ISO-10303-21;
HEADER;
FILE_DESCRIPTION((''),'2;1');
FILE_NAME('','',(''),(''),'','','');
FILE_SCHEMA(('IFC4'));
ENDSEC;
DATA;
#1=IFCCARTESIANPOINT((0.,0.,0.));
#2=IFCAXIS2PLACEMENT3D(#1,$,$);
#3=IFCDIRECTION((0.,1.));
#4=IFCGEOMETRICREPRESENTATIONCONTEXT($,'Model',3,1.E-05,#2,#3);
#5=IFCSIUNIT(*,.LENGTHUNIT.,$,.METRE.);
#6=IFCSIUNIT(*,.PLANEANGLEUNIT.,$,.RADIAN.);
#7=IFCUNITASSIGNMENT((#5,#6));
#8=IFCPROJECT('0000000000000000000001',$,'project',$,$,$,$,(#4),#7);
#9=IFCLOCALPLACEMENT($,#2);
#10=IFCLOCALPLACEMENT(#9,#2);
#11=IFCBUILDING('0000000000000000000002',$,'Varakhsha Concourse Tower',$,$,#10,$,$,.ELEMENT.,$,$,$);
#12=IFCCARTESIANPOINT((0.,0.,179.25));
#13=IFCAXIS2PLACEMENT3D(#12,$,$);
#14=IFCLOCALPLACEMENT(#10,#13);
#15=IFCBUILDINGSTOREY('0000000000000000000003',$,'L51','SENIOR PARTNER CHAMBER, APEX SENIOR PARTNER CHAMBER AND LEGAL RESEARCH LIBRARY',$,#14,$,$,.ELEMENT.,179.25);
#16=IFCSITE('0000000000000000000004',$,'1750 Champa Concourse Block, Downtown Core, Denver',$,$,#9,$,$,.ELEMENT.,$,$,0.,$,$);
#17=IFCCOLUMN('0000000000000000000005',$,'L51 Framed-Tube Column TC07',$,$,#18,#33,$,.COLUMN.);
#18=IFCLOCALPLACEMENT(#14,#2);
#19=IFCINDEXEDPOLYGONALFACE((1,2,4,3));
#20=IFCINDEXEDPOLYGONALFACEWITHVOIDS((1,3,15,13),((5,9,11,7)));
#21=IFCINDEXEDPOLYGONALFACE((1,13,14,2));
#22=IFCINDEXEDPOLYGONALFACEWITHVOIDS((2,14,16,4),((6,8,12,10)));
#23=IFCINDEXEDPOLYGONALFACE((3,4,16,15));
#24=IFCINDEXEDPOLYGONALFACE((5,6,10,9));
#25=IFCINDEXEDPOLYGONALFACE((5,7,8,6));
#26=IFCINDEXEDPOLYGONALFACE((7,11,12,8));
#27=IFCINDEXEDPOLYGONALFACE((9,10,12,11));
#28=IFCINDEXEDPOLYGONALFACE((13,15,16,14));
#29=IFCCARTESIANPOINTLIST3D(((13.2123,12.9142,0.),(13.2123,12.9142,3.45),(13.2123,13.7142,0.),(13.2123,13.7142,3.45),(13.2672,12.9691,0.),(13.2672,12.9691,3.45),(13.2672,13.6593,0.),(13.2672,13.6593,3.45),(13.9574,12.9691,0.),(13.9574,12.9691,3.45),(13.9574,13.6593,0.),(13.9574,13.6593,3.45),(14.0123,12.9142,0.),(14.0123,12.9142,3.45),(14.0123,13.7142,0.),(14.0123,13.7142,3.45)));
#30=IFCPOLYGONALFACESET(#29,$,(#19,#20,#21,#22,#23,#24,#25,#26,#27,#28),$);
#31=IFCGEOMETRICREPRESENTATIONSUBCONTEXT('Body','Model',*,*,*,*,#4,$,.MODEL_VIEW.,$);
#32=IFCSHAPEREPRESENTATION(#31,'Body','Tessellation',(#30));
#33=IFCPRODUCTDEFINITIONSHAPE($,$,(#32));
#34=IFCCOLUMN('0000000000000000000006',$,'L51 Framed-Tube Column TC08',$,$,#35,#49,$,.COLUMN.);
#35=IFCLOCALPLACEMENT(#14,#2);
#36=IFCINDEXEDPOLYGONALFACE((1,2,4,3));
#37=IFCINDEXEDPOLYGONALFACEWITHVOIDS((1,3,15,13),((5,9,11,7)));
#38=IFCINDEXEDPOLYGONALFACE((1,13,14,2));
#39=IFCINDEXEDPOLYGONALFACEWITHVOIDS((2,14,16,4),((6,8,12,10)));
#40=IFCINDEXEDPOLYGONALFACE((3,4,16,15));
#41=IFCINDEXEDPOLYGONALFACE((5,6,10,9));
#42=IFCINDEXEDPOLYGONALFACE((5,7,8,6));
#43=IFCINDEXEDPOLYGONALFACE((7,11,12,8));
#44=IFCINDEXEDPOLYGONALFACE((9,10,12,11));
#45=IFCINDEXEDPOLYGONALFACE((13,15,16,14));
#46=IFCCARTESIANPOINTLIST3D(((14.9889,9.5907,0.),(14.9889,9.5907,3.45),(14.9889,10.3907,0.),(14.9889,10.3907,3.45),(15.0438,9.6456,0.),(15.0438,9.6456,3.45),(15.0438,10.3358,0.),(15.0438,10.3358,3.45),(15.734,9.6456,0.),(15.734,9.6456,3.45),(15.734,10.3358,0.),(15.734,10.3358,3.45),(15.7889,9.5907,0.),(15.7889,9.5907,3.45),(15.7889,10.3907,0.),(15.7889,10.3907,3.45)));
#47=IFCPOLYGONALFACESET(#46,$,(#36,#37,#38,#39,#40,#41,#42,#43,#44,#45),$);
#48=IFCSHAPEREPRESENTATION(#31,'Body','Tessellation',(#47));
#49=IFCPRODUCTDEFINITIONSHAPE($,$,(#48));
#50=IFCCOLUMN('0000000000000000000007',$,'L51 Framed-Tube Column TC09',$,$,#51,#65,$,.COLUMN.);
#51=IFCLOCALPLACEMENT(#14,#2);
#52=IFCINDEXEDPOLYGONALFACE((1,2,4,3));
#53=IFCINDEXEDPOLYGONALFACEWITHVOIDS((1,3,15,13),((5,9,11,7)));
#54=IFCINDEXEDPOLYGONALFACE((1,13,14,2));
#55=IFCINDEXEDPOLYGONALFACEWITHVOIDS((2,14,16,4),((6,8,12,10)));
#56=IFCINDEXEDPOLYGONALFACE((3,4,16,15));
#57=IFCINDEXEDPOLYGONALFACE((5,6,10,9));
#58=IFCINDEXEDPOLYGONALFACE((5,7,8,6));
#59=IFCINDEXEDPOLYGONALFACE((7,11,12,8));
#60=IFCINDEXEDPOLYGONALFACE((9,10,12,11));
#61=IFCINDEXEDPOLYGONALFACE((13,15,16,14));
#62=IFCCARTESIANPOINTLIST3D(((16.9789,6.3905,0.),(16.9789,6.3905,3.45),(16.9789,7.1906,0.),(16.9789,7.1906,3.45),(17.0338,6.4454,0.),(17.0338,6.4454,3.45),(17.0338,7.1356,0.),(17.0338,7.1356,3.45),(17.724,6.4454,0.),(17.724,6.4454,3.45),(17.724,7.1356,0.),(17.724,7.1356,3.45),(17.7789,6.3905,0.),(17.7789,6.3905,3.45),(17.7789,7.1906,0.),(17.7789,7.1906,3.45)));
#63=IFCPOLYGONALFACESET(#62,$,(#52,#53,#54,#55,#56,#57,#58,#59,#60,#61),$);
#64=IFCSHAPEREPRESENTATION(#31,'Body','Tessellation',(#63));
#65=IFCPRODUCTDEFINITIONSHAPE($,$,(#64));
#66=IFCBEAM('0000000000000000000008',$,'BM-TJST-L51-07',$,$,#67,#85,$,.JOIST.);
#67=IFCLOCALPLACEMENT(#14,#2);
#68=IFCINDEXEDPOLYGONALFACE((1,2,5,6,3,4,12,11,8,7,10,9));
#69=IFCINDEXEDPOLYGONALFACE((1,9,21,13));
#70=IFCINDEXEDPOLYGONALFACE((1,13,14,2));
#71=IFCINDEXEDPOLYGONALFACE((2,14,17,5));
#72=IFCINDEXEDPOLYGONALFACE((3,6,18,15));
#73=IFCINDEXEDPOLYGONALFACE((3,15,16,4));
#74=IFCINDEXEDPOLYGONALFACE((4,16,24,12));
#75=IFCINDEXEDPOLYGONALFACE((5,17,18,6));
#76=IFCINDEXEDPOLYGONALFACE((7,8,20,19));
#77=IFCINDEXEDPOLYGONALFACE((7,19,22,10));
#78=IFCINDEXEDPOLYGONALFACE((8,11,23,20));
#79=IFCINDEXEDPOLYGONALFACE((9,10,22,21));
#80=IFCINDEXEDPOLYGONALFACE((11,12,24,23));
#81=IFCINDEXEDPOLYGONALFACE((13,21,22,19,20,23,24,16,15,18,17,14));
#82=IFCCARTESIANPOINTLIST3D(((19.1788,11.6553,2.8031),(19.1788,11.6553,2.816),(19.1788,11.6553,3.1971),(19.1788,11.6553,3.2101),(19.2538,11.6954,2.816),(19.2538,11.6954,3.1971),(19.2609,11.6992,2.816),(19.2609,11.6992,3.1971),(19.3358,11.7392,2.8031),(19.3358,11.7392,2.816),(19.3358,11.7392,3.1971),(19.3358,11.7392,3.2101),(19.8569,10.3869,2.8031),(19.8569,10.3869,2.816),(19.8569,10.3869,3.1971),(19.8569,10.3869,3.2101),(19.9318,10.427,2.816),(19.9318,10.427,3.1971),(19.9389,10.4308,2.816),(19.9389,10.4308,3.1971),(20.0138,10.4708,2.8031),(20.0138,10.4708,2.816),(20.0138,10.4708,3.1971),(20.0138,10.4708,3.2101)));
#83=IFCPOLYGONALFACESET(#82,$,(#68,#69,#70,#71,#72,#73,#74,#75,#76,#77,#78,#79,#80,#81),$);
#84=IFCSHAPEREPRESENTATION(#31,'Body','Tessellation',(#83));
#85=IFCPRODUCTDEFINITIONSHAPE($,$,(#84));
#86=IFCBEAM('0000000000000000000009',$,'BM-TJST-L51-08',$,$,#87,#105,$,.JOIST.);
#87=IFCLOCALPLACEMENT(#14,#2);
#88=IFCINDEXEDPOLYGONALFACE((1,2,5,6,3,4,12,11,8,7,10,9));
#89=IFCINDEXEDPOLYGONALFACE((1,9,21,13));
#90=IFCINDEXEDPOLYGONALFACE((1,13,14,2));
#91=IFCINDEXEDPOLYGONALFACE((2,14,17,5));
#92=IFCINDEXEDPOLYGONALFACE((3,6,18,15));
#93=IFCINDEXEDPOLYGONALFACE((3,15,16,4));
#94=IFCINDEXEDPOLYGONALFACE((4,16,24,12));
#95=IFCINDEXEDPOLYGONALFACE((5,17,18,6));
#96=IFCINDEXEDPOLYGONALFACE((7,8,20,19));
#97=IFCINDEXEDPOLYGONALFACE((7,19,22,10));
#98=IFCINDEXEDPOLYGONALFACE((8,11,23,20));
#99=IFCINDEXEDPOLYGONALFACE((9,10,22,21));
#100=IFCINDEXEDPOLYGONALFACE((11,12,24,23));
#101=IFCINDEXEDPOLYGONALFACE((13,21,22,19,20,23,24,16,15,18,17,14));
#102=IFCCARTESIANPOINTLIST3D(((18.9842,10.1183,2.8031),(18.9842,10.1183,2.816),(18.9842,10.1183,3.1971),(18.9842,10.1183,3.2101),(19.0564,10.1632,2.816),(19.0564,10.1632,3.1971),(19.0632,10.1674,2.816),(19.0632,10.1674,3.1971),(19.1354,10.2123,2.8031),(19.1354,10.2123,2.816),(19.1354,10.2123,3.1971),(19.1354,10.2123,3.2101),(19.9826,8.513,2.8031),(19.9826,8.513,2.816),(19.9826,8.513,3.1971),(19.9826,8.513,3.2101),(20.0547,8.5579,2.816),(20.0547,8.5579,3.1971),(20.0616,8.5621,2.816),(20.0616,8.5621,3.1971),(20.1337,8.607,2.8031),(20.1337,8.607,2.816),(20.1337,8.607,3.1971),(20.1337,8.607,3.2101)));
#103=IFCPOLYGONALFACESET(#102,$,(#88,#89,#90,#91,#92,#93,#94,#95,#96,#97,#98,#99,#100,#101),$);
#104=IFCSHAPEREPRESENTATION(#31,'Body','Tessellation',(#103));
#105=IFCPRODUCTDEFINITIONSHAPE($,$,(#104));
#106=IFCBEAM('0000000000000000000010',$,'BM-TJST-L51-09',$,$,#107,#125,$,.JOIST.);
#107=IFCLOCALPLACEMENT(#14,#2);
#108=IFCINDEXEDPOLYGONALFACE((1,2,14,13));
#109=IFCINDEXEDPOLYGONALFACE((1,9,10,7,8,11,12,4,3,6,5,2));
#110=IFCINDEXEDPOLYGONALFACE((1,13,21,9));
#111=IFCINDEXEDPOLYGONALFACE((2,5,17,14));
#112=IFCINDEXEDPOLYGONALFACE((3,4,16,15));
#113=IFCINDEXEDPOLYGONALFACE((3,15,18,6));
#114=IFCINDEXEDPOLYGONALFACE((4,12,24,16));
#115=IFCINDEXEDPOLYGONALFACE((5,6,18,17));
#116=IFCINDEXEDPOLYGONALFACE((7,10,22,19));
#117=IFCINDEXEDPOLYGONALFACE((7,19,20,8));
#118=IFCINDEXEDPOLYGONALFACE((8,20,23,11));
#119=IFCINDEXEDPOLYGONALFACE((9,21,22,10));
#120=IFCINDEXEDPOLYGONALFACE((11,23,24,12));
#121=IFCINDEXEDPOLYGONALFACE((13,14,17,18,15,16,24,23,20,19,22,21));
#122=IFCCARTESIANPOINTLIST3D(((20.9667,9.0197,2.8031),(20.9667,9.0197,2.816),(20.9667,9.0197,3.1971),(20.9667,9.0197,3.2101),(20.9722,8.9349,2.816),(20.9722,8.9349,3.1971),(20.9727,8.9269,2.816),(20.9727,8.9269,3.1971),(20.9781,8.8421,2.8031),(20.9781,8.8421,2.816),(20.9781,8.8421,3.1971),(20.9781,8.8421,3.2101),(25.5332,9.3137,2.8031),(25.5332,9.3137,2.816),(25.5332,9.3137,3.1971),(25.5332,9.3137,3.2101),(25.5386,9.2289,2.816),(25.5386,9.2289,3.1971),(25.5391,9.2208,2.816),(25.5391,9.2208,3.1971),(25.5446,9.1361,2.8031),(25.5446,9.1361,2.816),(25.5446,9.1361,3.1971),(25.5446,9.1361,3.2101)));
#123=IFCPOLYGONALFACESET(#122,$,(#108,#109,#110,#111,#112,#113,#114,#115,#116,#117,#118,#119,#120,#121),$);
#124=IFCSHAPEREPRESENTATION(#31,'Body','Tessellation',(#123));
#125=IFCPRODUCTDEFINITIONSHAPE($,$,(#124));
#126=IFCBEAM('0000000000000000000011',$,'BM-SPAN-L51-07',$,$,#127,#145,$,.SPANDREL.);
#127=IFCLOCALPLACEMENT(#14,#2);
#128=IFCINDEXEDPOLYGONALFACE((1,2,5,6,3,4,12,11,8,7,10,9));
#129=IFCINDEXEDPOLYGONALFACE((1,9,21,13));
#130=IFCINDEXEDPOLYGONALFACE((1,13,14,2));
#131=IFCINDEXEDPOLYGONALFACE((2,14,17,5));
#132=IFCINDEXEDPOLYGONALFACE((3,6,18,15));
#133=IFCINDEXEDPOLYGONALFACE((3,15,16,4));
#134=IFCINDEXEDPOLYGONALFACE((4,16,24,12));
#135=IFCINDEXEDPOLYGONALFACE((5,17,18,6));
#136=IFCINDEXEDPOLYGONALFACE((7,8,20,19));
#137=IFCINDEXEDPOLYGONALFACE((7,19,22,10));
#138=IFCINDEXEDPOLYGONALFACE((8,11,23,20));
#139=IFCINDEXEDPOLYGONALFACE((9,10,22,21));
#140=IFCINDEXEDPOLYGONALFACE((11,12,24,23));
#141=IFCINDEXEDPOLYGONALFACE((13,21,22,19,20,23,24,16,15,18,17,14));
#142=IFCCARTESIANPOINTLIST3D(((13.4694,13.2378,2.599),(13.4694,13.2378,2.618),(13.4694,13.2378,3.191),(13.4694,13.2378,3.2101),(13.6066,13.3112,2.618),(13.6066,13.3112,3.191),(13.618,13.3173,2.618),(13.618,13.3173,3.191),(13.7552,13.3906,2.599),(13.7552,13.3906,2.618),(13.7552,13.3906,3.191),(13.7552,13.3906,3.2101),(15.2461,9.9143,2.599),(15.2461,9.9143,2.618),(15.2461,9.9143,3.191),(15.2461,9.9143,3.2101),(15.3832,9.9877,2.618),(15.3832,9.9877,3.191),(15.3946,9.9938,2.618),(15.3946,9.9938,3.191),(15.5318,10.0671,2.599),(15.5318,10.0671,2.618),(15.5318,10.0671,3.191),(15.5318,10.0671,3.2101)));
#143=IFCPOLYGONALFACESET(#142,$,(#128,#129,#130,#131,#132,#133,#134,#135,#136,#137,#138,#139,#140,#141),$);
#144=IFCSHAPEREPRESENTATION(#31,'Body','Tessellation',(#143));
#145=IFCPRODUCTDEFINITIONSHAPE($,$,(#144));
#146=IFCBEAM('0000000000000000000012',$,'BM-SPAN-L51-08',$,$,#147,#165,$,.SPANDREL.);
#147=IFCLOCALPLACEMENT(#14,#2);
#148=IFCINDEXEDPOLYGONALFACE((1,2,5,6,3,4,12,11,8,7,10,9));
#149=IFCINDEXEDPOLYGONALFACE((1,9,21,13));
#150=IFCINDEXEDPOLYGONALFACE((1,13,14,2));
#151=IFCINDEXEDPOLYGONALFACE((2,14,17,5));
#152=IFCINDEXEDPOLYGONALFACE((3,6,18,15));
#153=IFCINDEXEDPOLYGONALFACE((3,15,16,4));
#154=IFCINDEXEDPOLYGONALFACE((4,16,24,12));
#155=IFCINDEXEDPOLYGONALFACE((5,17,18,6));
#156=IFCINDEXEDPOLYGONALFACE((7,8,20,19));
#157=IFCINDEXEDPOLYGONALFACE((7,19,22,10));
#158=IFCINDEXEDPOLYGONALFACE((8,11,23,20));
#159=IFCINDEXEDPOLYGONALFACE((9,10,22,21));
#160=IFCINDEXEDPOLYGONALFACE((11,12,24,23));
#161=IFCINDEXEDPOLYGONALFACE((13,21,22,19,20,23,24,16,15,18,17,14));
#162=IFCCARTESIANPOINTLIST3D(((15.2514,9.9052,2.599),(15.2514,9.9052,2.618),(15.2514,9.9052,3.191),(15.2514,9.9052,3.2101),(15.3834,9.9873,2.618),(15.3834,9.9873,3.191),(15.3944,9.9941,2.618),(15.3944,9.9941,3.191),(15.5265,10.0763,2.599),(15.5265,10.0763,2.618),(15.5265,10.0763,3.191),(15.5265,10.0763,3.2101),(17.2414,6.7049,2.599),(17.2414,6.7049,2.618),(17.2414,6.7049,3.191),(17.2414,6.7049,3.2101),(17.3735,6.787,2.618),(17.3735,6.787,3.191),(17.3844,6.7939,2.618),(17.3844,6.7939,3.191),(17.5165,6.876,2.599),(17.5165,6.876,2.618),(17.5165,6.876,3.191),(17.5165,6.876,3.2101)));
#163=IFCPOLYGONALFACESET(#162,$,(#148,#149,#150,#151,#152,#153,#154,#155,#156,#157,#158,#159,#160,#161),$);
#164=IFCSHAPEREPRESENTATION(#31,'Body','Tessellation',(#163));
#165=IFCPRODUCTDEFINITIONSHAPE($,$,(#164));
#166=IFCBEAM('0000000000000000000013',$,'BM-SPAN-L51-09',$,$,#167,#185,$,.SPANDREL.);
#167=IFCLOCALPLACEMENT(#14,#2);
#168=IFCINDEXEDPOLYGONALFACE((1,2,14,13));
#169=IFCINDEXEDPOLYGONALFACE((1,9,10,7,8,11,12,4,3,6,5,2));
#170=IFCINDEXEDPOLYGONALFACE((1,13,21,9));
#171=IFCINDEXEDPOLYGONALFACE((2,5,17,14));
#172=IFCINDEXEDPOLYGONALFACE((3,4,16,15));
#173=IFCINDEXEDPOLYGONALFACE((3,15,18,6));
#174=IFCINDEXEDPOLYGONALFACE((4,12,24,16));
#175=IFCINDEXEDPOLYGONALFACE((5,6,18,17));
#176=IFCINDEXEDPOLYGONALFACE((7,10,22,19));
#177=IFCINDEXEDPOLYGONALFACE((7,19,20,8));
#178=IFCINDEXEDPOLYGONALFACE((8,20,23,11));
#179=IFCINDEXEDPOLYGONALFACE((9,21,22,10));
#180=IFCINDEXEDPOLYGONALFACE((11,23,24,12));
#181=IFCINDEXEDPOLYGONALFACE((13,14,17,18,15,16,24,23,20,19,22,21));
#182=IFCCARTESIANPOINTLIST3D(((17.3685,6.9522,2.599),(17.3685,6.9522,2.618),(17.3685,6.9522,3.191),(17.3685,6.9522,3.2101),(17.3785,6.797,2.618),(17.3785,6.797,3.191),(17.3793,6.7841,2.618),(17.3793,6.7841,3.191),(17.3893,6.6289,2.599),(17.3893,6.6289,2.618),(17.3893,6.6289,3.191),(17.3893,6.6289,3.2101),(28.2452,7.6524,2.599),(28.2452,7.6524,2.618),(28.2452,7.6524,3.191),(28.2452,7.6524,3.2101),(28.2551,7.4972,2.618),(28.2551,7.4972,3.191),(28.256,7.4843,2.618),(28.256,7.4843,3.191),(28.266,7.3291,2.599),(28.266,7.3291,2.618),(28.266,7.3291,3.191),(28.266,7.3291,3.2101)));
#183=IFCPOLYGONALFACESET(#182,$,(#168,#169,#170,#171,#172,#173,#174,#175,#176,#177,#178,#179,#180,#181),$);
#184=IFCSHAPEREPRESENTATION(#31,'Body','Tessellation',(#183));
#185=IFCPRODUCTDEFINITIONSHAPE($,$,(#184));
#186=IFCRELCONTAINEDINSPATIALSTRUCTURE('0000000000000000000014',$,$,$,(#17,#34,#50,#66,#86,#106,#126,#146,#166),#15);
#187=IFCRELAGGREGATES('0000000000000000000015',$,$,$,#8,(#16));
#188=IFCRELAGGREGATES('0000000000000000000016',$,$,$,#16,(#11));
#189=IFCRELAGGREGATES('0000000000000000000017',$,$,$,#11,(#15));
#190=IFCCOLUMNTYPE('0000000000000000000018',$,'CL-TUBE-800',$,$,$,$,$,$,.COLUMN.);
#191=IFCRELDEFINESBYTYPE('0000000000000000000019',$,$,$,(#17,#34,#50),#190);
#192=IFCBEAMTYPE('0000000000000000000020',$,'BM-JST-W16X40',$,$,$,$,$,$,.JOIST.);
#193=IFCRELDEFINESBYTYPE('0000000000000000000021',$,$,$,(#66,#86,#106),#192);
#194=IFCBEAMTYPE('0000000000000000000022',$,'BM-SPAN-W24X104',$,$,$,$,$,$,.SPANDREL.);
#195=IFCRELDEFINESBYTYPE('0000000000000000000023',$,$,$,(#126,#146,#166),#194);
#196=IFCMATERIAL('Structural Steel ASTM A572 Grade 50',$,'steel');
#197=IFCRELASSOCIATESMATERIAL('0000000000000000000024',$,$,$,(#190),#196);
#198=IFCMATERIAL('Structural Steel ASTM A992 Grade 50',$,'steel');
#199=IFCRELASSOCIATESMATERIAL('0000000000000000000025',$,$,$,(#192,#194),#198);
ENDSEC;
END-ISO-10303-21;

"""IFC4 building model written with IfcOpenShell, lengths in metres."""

from ifc_helpers import new_model, si_unit, direction, frame, origin, origin_2d, place, context, subcontext, project, spatial, hollow_rectangle, i_section, extrude, material, material_profile, profile_set, type_object, element, save


model = new_model("IFC4")

# Units and contexts
model_context = context("Model", 3, precision=1e-05, world=origin(), true_north=direction((0.0, 1.0)))
body_context = subcontext(model_context, "Body", "Model", "MODEL_VIEW")
ifc_project = project(units=[si_unit("LENGTHUNIT", "METRE"), si_unit("PLANEANGLEUNIT", "RADIAN")], contexts=[model_context])

# Site, building, storey
site_placement = place(None, origin())
site = spatial("IfcSite", under=ifc_project, at=site_placement, Name="1750 Champa Concourse Block, Downtown Core, Denver", CompositionType="ELEMENT", RefElevation=0.0)
building_placement = place(site_placement, origin())
building = spatial("IfcBuilding", under=site, at=building_placement, Name="Varakhsha Concourse Tower", CompositionType="ELEMENT")
storey_placement = place(building_placement, frame((0.0, 0.0, 179.25)))
storey = spatial("IfcBuildingStorey", under=building, at=storey_placement, Name="L51", Description="SENIOR PARTNER CHAMBER, APEX SENIOR PARTNER CHAMBER AND LEGAL RESEARCH LIBRARY", CompositionType="ELEMENT", Elevation=179.25)

# Columns
ifc_material_1 = material(Name="Structural Steel ASTM A572 Grade 50", Category="steel")
ifc_material_profile_1 = material_profile(ifc_material_1, hollow_rectangle(XDim=0.8, YDim=0.8, WallThickness=0.0549, at=origin_2d()), Name="BOX 800x800x55")
ifc_profile_set_1 = profile_set([ifc_material_profile_1], Name="Structural Steel ASTM A572 Grade 50")
column_type = type_object("IfcColumnType", Name="CL-TUBE-800", PredefinedType="COLUMN", material=ifc_profile_set_1)
for number, where, z_axis, x_axis, name in (
    (1, (13.6123, 13.3142, 0.0), (0.0, 0.0, 1.0), (1.0, 0.0, 0.0), "L51 Framed-Tube Column TC07"),
    (2, (15.3889, 9.9907, 0.0), (0.0, 0.0, 1.0), (1.0, 0.0, 0.0), "L51 Framed-Tube Column TC08"),
    (3, (17.3789, 6.7905, 0.0), (0.0, 0.0, 1.0), (1.0, 0.0, 0.0), "L51 Framed-Tube Column TC09"),
):
    element("IfcColumn", number, at=place(storey_placement, frame(where, z_axis=z_axis, x_axis=x_axis)), inside=storey, type_object=column_type, Name=name, PredefinedType="COLUMN", context=body_context, shape_type="SweptSolid", body=[
        extrude(hollow_rectangle(XDim=0.8, YDim=0.8, WallThickness=0.0549, at=origin_2d()), origin(), (0.0, 0.0, 1.0), 3.45),
    ])

# Beams
ifc_material_2 = material(Name="Structural Steel ASTM A992 Grade 50", Category="steel")
ifc_material_profile_2 = material_profile(ifc_material_2, i_section(OverallWidth=0.178, OverallDepth=0.407, WebThickness=0.0081, FlangeThickness=0.0129, at=origin_2d()), Name="W16X40")
ifc_profile_set_2 = profile_set([ifc_material_profile_2], Name="Structural Steel ASTM A992 Grade 50")
beam_type_1 = type_object("IfcBeamType", Name="BM-JST-W16X40", PredefinedType="JOIST", material=ifc_profile_set_2)
beam_1_placement = place(storey_placement, frame((19.2573, 11.6973, 3.0066), z_axis=(0.471425, -0.881906, 0.0), x_axis=(0.881906, 0.471425, 0.0)))
element("IfcBeam", 4, at=beam_1_placement, inside=storey, type_object=beam_type_1, Name="BM-TJST-L51-07", PredefinedType="JOIST", context=body_context, shape_type="SweptSolid", body=[
    extrude(i_section(OverallWidth=0.178, OverallDepth=0.407, WebThickness=0.0081, FlangeThickness=0.0129, at=origin_2d()), origin(), (0.0, 0.0, 1.0), 1.4382),
])
beam_2_placement = place(storey_placement, frame((19.0598, 10.1653, 3.0066), z_axis=(0.528105, -0.849179, 0.0), x_axis=(0.849179, 0.528105, 0.0)))
element("IfcBeam", 5, at=beam_2_placement, inside=storey, type_object=beam_type_1, Name="BM-TJST-L51-08", PredefinedType="JOIST", context=body_context, shape_type="SweptSolid", body=[
    extrude(i_section(OverallWidth=0.178, OverallDepth=0.407, WebThickness=0.0081, FlangeThickness=0.0129, at=origin_2d()), origin(), (0.0, 0.0, 1.0), 1.8904),
])
beam_3_placement = place(storey_placement, frame((20.9724, 8.9309, 3.0066), z_axis=(0.997935, 0.064238, 0.0), x_axis=(-0.064238, 0.997935, 0.0)))
element("IfcBeam", 6, at=beam_3_placement, inside=storey, type_object=beam_type_1, Name="BM-TJST-L51-09", PredefinedType="JOIST", context=body_context, shape_type="SweptSolid", body=[
    extrude(i_section(OverallWidth=0.178, OverallDepth=0.407, WebThickness=0.0081, FlangeThickness=0.0129, at=origin_2d()), origin(), (0.0, 0.0, 1.0), 4.5759),
])
ifc_material_profile_3 = material_profile(ifc_material_2, i_section(OverallWidth=0.324, OverallDepth=0.6111, WebThickness=0.0129, FlangeThickness=0.019, at=origin_2d()), Name="W24X104")
ifc_profile_set_3 = profile_set([ifc_material_profile_3], Name="Structural Steel ASTM A992 Grade 50")
beam_type_2 = type_object("IfcBeamType", Name="BM-SPAN-W24X104", PredefinedType="SPANDREL", material=ifc_profile_set_3)
for number, where, z_axis, x_axis, name in (
    (7, (13.6123, 13.3142, 2.9045), (0.471432, -0.881902, 0.0), (0.881902, 0.471432, 0.0), "BM-SPAN-L51-07"),
    (8, (15.3889, 9.9907, 2.9045), (0.528064, -0.849204, 0.0), (0.849204, 0.528064, 0.0), "BM-SPAN-L51-08"),
):
    element("IfcBeam", number, at=place(storey_placement, frame(where, z_axis=z_axis, x_axis=x_axis)), inside=storey, type_object=beam_type_2, Name=name, PredefinedType="SPANDREL", context=body_context, shape_type="SweptSolid", body=[
        extrude(i_section(OverallWidth=0.324, OverallDepth=0.6111, WebThickness=0.0129, FlangeThickness=0.019, at=origin_2d()), origin(), (0.0, 0.0, 1.0), 3.7686),
    ])
beam_4_placement = place(storey_placement, frame((17.3789, 6.7905, 2.9045), z_axis=(0.997934, 0.064243, 0.0), x_axis=(-0.064243, 0.997934, 0.0)))
element("IfcBeam", 9, at=beam_4_placement, inside=storey, type_object=beam_type_2, Name="BM-SPAN-L51-09", PredefinedType="SPANDREL", context=body_context, shape_type="SweptSolid", body=[
    extrude(i_section(OverallWidth=0.324, OverallDepth=0.6111, WebThickness=0.0129, FlangeThickness=0.019, at=origin_2d()), origin(), (0.0, 0.0, 1.0), 10.8992),
])

save(model, "model.ifc")
